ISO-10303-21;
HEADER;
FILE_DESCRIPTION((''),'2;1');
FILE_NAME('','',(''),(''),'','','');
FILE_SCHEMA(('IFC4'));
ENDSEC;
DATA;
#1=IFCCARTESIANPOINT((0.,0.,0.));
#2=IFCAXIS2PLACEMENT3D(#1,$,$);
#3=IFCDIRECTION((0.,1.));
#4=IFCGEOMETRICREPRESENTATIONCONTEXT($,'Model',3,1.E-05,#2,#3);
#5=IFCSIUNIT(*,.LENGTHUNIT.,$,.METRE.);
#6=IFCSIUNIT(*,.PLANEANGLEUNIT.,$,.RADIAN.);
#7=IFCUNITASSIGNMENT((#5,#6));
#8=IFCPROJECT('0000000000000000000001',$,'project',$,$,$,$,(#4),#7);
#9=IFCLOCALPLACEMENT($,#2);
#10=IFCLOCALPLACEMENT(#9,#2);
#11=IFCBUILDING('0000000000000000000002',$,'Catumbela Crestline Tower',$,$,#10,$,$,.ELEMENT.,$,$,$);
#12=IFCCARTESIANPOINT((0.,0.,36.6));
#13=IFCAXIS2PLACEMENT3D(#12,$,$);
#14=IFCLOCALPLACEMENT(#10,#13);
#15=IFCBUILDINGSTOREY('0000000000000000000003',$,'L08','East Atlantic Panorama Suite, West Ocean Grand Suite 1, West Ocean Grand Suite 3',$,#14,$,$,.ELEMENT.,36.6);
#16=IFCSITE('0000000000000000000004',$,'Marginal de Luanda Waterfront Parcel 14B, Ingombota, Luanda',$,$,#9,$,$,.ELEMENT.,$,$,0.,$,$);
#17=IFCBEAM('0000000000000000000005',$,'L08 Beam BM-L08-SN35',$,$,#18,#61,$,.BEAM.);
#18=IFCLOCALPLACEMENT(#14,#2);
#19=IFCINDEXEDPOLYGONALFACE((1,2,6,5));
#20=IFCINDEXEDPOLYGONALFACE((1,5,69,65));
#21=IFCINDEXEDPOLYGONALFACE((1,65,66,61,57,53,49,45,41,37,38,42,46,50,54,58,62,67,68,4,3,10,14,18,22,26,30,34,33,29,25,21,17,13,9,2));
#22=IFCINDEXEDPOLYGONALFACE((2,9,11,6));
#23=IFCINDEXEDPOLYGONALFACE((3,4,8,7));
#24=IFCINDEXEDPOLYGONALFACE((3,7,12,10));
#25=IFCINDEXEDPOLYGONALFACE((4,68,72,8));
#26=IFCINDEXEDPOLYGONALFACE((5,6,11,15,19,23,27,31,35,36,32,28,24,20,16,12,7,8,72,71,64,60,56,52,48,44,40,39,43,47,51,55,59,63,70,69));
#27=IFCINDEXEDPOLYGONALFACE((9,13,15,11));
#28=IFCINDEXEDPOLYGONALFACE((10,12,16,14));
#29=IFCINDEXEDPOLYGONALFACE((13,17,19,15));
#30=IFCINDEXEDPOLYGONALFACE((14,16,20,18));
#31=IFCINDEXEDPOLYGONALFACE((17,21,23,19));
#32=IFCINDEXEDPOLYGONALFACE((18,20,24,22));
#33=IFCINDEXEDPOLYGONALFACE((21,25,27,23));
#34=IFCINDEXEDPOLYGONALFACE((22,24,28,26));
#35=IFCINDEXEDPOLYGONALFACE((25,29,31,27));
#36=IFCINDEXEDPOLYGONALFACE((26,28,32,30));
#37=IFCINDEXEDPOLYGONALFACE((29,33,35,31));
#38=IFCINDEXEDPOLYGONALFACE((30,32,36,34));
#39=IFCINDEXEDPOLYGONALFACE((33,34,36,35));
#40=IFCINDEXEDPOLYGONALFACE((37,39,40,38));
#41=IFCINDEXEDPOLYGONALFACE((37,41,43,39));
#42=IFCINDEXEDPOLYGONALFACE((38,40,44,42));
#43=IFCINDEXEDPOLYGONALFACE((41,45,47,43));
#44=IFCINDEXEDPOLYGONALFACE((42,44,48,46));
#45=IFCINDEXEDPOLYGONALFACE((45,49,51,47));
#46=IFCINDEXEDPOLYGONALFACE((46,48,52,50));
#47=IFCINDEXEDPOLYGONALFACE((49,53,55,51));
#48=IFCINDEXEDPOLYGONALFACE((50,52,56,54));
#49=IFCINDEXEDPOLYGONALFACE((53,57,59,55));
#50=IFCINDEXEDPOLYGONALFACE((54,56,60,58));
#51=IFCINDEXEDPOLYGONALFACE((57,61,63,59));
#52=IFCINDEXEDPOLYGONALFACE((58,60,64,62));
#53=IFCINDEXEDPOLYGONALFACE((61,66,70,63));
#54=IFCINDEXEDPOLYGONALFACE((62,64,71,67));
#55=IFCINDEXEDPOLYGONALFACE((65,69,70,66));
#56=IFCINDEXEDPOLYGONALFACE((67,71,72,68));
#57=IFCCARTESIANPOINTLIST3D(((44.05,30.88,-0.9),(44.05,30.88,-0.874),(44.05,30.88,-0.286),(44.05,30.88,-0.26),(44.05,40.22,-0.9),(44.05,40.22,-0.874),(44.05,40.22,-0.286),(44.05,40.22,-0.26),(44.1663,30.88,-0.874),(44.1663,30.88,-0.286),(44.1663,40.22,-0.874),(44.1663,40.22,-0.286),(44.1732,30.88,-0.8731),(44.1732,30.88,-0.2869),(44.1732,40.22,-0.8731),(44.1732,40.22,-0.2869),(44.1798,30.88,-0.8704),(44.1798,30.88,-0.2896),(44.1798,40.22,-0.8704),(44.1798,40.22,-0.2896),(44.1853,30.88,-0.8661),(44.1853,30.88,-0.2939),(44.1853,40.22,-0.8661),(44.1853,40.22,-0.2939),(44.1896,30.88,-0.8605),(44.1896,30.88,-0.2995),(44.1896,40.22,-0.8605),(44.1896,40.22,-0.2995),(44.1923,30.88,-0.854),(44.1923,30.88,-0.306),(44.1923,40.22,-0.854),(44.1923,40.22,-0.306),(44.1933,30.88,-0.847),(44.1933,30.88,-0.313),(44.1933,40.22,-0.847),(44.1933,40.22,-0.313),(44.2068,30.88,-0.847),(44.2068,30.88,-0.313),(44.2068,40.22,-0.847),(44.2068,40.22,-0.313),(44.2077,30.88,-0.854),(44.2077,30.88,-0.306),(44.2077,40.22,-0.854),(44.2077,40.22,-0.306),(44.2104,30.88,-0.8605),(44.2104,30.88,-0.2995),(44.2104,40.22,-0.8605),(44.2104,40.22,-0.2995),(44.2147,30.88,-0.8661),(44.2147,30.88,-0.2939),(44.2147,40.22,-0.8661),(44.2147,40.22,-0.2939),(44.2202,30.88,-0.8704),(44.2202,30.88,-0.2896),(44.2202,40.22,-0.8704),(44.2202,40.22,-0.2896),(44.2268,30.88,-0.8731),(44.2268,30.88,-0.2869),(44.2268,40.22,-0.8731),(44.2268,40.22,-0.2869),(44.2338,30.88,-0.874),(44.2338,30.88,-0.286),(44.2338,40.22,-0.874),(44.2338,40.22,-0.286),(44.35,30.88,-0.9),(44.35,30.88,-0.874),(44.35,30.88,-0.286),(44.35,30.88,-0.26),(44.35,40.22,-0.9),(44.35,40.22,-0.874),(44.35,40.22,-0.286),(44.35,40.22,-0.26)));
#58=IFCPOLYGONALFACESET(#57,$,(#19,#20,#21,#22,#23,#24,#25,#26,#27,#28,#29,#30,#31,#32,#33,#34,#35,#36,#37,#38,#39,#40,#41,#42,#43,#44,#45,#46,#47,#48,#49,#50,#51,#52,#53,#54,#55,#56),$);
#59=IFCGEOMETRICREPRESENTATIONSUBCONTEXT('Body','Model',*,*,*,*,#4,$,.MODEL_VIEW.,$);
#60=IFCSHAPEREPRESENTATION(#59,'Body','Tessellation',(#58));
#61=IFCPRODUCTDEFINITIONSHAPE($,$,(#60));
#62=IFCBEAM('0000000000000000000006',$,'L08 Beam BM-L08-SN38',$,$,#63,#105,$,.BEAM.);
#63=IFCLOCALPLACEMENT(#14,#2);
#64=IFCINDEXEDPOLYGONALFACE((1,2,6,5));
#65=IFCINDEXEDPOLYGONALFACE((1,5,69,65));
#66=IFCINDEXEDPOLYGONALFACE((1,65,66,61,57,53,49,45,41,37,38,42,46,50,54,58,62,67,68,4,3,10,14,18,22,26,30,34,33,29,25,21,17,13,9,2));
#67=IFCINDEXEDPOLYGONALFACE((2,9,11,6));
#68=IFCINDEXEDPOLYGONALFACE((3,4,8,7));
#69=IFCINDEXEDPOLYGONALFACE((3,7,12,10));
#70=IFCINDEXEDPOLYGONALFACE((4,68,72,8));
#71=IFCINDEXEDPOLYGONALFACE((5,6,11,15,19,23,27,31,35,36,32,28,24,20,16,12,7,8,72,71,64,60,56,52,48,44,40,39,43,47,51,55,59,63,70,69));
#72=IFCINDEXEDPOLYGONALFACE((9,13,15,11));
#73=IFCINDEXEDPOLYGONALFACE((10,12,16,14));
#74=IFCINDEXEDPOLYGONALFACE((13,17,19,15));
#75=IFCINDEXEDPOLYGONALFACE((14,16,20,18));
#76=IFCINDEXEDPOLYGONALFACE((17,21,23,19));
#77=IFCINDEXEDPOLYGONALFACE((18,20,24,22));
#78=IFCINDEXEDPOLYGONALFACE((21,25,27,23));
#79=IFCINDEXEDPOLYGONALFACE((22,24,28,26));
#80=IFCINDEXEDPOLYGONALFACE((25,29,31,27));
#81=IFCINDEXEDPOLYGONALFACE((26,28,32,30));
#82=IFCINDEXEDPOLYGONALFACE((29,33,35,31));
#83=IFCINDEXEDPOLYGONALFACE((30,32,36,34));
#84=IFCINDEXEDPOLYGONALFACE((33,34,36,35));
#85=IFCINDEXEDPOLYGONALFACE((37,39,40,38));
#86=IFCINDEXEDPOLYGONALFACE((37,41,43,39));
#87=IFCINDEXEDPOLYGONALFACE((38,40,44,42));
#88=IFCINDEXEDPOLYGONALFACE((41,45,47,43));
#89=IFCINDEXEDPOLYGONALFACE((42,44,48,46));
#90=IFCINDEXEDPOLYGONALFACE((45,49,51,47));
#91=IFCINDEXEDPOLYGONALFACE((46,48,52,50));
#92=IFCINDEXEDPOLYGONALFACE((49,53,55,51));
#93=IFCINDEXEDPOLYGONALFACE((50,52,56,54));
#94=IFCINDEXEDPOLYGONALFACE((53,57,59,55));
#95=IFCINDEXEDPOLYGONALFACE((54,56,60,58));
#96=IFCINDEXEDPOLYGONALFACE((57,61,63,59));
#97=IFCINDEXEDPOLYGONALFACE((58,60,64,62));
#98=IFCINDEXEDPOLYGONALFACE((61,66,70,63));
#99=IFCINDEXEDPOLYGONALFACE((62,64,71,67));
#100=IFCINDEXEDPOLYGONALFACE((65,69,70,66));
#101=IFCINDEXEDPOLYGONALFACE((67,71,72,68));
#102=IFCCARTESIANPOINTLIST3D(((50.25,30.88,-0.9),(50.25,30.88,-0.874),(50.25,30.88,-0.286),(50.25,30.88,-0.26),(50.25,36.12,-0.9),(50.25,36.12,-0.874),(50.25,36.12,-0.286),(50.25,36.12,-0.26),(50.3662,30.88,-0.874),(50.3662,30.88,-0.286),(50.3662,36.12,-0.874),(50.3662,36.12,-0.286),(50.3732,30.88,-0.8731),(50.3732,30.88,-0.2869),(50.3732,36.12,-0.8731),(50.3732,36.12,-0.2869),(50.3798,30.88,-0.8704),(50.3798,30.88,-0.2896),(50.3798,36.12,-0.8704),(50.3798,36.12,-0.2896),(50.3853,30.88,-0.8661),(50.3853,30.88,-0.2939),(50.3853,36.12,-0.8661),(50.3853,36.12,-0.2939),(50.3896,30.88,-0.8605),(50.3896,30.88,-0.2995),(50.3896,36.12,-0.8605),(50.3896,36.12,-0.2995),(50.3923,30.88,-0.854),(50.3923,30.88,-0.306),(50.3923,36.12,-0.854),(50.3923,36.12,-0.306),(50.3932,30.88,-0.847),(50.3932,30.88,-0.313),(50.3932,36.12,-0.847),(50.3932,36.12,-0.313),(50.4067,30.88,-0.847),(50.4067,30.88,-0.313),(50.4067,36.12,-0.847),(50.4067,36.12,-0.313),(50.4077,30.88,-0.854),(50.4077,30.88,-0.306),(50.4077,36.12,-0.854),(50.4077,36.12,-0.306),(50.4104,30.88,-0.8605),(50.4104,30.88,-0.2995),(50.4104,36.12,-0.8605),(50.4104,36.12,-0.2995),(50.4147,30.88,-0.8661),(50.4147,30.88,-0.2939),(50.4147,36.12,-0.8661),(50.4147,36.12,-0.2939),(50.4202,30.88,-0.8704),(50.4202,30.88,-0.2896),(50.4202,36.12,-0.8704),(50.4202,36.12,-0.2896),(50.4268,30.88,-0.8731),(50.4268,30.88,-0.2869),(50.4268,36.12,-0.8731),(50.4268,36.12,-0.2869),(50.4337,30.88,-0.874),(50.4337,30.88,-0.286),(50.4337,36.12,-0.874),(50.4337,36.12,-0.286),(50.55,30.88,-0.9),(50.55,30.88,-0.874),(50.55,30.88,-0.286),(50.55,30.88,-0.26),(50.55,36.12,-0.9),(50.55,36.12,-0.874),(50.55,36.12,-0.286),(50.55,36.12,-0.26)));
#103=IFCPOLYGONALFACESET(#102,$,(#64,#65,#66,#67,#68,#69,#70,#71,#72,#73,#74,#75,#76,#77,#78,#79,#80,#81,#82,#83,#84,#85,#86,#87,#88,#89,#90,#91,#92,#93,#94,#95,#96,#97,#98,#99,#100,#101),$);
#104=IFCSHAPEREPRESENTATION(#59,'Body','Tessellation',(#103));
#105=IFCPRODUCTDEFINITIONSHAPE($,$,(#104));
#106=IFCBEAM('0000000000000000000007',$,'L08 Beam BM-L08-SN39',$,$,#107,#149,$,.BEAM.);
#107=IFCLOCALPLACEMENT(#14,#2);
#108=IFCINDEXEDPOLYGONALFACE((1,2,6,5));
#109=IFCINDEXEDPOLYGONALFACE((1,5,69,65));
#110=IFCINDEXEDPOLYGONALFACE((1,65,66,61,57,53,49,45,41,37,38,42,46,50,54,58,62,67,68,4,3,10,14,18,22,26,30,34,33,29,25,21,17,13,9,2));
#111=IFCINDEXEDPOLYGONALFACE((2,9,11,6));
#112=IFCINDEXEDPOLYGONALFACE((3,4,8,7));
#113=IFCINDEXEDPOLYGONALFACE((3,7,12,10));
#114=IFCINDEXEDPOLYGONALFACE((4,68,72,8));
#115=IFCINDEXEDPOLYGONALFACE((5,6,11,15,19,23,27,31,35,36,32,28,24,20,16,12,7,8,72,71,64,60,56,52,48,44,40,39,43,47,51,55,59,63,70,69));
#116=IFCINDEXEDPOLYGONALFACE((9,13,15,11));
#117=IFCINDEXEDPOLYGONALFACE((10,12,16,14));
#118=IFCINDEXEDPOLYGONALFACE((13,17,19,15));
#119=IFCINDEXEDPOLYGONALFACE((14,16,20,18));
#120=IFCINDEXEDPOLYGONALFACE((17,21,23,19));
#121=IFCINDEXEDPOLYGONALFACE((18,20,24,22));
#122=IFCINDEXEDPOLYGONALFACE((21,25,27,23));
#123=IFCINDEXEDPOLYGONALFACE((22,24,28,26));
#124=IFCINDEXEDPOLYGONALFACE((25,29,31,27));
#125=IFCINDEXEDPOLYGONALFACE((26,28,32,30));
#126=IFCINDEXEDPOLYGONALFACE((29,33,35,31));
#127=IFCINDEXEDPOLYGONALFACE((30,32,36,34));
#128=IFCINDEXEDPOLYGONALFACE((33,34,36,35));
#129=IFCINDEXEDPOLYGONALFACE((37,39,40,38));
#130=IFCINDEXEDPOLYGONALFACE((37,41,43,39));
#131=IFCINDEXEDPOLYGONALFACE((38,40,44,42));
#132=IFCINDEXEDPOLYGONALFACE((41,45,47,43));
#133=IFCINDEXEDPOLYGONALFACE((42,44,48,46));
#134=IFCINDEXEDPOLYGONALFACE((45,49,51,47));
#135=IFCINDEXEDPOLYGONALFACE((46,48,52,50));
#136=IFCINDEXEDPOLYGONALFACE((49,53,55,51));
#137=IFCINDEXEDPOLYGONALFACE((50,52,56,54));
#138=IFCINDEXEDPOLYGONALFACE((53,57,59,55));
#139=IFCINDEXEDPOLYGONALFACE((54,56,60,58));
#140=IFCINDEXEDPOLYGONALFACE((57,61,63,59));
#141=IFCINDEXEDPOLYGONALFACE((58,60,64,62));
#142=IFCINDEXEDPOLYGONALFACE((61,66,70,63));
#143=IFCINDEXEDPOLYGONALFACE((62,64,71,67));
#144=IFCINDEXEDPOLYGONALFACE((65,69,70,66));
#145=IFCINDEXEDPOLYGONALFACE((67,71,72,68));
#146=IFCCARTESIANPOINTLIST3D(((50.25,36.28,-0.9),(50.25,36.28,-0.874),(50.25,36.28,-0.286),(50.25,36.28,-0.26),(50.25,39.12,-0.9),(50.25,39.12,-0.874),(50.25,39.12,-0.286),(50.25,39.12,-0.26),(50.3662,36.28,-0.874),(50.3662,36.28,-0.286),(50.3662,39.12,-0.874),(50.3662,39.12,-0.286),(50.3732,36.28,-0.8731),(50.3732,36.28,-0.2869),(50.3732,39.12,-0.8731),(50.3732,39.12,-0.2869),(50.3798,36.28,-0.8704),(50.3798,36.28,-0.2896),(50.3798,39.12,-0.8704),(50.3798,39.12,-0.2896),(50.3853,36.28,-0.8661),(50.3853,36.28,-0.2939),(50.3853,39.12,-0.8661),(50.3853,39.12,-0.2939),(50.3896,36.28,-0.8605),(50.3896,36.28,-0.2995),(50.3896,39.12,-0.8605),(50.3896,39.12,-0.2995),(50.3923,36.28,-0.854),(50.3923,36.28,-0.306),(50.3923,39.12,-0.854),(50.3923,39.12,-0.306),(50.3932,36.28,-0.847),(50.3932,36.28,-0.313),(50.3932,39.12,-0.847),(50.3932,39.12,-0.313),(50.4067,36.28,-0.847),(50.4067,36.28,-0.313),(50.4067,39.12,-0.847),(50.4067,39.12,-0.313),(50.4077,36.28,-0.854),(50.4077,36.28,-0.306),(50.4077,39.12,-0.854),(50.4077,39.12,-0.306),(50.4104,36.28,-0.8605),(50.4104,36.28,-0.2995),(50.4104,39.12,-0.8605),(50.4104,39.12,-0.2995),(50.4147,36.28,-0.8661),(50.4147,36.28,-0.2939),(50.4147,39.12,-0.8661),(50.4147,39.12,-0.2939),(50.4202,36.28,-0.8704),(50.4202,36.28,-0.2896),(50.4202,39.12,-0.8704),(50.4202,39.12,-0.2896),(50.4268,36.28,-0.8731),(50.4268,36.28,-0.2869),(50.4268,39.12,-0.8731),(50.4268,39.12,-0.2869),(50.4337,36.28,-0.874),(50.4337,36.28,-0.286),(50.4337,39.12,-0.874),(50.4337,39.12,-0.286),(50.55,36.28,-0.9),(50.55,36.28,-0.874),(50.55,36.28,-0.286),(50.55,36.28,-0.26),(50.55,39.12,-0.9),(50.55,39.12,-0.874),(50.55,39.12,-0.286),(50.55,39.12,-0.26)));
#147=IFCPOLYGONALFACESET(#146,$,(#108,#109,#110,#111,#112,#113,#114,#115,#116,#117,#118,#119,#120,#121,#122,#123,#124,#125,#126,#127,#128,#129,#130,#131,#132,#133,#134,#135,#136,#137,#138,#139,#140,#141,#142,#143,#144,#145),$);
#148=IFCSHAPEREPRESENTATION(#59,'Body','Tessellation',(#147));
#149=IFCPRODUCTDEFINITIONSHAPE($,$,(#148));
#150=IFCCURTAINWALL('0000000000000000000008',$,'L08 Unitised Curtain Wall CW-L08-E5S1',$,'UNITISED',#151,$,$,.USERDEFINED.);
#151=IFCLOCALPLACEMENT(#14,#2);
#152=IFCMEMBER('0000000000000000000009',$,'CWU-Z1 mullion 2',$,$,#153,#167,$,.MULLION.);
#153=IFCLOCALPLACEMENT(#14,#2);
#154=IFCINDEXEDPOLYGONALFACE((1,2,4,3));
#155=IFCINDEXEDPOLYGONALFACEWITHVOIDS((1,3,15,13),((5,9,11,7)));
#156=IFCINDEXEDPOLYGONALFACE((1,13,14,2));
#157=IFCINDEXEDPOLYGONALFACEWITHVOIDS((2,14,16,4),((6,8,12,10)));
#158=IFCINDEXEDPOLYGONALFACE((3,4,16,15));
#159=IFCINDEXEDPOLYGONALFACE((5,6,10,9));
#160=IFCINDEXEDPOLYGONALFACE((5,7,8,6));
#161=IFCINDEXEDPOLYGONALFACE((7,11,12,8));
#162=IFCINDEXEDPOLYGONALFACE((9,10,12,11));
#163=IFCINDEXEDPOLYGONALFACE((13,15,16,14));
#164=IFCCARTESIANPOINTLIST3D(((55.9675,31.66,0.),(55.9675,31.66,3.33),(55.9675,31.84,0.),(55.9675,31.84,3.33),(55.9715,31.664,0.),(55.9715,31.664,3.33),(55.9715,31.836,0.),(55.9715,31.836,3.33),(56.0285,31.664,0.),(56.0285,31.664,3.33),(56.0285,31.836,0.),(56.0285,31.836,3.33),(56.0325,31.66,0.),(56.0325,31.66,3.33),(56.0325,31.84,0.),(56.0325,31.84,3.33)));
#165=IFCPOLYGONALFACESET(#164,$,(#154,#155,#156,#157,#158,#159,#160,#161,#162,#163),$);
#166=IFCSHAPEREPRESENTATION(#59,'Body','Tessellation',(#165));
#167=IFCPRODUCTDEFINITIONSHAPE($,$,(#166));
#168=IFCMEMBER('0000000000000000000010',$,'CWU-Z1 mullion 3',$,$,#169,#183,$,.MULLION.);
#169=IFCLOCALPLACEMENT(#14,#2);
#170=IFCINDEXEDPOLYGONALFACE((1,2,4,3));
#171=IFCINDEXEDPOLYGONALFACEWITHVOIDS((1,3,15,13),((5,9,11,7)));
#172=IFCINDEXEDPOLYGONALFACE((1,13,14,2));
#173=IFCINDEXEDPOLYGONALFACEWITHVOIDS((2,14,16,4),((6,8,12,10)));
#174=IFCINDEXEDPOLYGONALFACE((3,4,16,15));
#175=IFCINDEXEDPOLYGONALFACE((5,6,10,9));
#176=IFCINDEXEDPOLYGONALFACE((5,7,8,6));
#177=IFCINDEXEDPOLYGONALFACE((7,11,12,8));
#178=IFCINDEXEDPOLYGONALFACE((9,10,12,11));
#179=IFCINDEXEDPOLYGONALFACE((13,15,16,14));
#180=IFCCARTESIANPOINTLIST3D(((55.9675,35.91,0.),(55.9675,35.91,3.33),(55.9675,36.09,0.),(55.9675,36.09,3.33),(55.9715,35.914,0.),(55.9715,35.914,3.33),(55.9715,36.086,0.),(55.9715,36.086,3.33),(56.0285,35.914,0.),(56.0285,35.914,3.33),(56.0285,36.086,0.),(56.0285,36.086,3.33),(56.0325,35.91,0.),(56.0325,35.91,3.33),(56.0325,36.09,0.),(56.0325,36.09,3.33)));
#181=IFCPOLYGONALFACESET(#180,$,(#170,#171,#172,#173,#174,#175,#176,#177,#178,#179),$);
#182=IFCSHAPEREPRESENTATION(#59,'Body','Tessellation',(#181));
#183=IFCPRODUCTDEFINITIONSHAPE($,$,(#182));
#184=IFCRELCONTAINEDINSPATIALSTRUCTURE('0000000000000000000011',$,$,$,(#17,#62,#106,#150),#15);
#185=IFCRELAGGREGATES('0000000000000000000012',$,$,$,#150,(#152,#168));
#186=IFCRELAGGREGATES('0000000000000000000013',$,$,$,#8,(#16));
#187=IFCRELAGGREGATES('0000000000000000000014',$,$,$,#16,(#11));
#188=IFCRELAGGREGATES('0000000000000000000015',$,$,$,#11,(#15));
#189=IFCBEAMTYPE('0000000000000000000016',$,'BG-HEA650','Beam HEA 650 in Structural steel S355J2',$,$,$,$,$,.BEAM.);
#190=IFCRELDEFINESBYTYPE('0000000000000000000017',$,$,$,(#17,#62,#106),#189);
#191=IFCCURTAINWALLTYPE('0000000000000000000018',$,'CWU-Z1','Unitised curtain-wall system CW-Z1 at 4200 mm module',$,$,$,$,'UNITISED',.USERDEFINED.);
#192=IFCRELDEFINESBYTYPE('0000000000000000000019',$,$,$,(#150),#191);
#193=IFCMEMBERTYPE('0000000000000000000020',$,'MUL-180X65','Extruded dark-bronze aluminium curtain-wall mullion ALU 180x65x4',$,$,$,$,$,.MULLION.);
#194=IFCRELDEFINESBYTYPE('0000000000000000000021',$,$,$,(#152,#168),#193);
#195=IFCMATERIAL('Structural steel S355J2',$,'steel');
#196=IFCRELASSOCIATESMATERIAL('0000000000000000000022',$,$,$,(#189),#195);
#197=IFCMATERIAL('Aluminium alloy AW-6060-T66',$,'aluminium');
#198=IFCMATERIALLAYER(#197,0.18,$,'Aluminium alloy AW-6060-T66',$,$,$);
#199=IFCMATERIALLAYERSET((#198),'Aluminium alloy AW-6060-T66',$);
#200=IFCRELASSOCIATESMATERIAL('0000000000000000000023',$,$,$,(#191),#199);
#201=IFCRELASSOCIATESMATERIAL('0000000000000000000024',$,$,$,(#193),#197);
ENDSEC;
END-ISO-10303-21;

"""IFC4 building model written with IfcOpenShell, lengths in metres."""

from ifc_helpers import new_model, si_unit, direction, frame, origin, origin_2d, place, context, subcontext, project, spatial, hollow_rectangle, i_section, extrude, material, layer, layer_set, material_profile, profile_set, type_object, element, aggregate, save


model = new_model("IFC4")

# Units and contexts
model_context = context("Model", 3, precision=1e-05, world=origin(), true_north=direction((0.0, 1.0)))
body_context = subcontext(model_context, "Body", "Model", "MODEL_VIEW")
ifc_project = project(units=[si_unit("LENGTHUNIT", "METRE"), si_unit("PLANEANGLEUNIT", "RADIAN")], contexts=[model_context])

# Site, building, storey
site_placement = place(None, origin())
site = spatial("IfcSite", under=ifc_project, at=site_placement, Name="Marginal de Luanda Waterfront Parcel 14B, Ingombota, Luanda", CompositionType="ELEMENT", RefElevation=0.0)
building_placement = place(site_placement, origin())
building = spatial("IfcBuilding", under=site, at=building_placement, Name="Catumbela Crestline Tower", CompositionType="ELEMENT")
storey_placement = place(building_placement, frame((0.0, 0.0, 36.6)))
storey = spatial("IfcBuildingStorey", under=building, at=storey_placement, Name="L08", Description="East Atlantic Panorama Suite, West Ocean Grand Suite 1, West Ocean Grand Suite 3", CompositionType="ELEMENT", Elevation=36.6)

# Beams
ifc_material_1 = material(Name="Structural steel S355J2", Category="steel")
ifc_material_profile_1 = material_profile(ifc_material_1, i_section(OverallWidth=0.3, OverallDepth=0.64, WebThickness=0.0135, FlangeThickness=0.026, FilletRadius=0.027, at=origin_2d()), Name="HEA 650")
ifc_profile_set_1 = profile_set([ifc_material_profile_1], Name="Structural steel S355J2")
beam_type_1 = type_object("IfcBeamType", Name="BG-HEA650", Description="Beam HEA 650 in Structural steel S355J2", PredefinedType="BEAM", material=ifc_profile_set_1)
beam_1_placement = place(storey_placement, frame((44.2, 30.88, -0.58), z_axis=(0.0, 1.0, 0.0), x_axis=(-1.0, 0.0, 0.0)))
element("IfcBeam", 1, at=beam_1_placement, inside=storey, type_object=beam_type_1, Name="L08 Beam BM-L08-SN35", PredefinedType="BEAM", context=body_context, shape_type="SweptSolid", body=[
    extrude(i_section(OverallWidth=0.3, OverallDepth=0.64, WebThickness=0.0135, FlangeThickness=0.026, FilletRadius=0.027, at=origin_2d()), origin(), (0.0, 0.0, 1.0), 9.34),
])
beam_2_placement = place(storey_placement, frame((50.4, 30.88, -0.58), z_axis=(0.0, 1.0, 0.0), x_axis=(-1.0, 0.0, 0.0)))
element("IfcBeam", 2, at=beam_2_placement, inside=storey, type_object=beam_type_1, Name="L08 Beam BM-L08-SN38", PredefinedType="BEAM", context=body_context, shape_type="SweptSolid", body=[
    extrude(i_section(OverallWidth=0.3, OverallDepth=0.64, WebThickness=0.0135, FlangeThickness=0.026, FilletRadius=0.027, at=origin_2d()), origin(), (0.0, 0.0, 1.0), 5.24),
])
beam_3_placement = place(storey_placement, frame((50.4, 36.28, -0.58), z_axis=(0.0, 1.0, 0.0), x_axis=(-1.0, 0.0, 0.0)))
element("IfcBeam", 3, at=beam_3_placement, inside=storey, type_object=beam_type_1, Name="L08 Beam BM-L08-SN39", PredefinedType="BEAM", context=body_context, shape_type="SweptSolid", body=[
    extrude(i_section(OverallWidth=0.3, OverallDepth=0.64, WebThickness=0.0135, FlangeThickness=0.026, FilletRadius=0.027, at=origin_2d()), origin(), (0.0, 0.0, 1.0), 2.84),
])

# Curtain wall, members
ifc_material_2 = material(Name="Aluminium alloy AW-6060-T66", Category="aluminium")
ifc_layer_1 = layer(ifc_material_2, 0.18, Name="Aluminium alloy AW-6060-T66")
ifc_layer_set_1 = layer_set([ifc_layer_1], Name="Aluminium alloy AW-6060-T66")
curtain_wall_type = type_object("IfcCurtainWallType", Name="CWU-Z1", Description="Unitised curtain-wall system CW-Z1 at 4200 mm module", ElementType="UNITISED", PredefinedType="USERDEFINED", material=ifc_layer_set_1)
curtain_wall_placement = place(storey_placement, origin())
curtain_wall = element("IfcCurtainWall", 4, at=curtain_wall_placement, inside=storey, type_object=curtain_wall_type, Name="L08 Unitised Curtain Wall CW-L08-E5S1", ObjectType="UNITISED", PredefinedType="USERDEFINED")
ifc_material_profile_2 = material_profile(ifc_material_2, hollow_rectangle(XDim=0.065, YDim=0.18, WallThickness=0.004, at=origin_2d()), Name="ALU 180x65x4")
ifc_profile_set_2 = profile_set([ifc_material_profile_2], Name="Aluminium alloy AW-6060-T66")
member_type_1 = type_object("IfcMemberType", Name="MUL-180X65", Description="Extruded dark-bronze aluminium curtain-wall mullion ALU 180x65x4", PredefinedType="MULLION", material=ifc_profile_set_2)
member_1_placement = place(storey_placement, frame((56.0, 31.75, 0.0), z_axis=(0.0, 0.0, 1.0), x_axis=(-1.0, 0.0, 0.0)))
member_1 = element("IfcMember", 5, at=member_1_placement, type_object=member_type_1, Name="CWU-Z1 mullion 2", PredefinedType="MULLION", context=body_context, shape_type="SweptSolid", body=[
    extrude(hollow_rectangle(XDim=0.065, YDim=0.18, WallThickness=0.004, at=origin_2d()), origin(), (0.0, 0.0, 1.0), 3.33),
])
member_2_placement = place(storey_placement, frame((56.0, 36.0, 0.0), z_axis=(0.0, 0.0, 1.0), x_axis=(-1.0, 0.0, 0.0)))
member_2 = element("IfcMember", 6, at=member_2_placement, type_object=member_type_1, Name="CWU-Z1 mullion 3", PredefinedType="MULLION", context=body_context, shape_type="SweptSolid", body=[
    extrude(hollow_rectangle(XDim=0.065, YDim=0.18, WallThickness=0.004, at=origin_2d()), origin(), (0.0, 0.0, 1.0), 3.33),
])

aggregate(curtain_wall, [member_1, member_2])

save(model, "model.ifc")
